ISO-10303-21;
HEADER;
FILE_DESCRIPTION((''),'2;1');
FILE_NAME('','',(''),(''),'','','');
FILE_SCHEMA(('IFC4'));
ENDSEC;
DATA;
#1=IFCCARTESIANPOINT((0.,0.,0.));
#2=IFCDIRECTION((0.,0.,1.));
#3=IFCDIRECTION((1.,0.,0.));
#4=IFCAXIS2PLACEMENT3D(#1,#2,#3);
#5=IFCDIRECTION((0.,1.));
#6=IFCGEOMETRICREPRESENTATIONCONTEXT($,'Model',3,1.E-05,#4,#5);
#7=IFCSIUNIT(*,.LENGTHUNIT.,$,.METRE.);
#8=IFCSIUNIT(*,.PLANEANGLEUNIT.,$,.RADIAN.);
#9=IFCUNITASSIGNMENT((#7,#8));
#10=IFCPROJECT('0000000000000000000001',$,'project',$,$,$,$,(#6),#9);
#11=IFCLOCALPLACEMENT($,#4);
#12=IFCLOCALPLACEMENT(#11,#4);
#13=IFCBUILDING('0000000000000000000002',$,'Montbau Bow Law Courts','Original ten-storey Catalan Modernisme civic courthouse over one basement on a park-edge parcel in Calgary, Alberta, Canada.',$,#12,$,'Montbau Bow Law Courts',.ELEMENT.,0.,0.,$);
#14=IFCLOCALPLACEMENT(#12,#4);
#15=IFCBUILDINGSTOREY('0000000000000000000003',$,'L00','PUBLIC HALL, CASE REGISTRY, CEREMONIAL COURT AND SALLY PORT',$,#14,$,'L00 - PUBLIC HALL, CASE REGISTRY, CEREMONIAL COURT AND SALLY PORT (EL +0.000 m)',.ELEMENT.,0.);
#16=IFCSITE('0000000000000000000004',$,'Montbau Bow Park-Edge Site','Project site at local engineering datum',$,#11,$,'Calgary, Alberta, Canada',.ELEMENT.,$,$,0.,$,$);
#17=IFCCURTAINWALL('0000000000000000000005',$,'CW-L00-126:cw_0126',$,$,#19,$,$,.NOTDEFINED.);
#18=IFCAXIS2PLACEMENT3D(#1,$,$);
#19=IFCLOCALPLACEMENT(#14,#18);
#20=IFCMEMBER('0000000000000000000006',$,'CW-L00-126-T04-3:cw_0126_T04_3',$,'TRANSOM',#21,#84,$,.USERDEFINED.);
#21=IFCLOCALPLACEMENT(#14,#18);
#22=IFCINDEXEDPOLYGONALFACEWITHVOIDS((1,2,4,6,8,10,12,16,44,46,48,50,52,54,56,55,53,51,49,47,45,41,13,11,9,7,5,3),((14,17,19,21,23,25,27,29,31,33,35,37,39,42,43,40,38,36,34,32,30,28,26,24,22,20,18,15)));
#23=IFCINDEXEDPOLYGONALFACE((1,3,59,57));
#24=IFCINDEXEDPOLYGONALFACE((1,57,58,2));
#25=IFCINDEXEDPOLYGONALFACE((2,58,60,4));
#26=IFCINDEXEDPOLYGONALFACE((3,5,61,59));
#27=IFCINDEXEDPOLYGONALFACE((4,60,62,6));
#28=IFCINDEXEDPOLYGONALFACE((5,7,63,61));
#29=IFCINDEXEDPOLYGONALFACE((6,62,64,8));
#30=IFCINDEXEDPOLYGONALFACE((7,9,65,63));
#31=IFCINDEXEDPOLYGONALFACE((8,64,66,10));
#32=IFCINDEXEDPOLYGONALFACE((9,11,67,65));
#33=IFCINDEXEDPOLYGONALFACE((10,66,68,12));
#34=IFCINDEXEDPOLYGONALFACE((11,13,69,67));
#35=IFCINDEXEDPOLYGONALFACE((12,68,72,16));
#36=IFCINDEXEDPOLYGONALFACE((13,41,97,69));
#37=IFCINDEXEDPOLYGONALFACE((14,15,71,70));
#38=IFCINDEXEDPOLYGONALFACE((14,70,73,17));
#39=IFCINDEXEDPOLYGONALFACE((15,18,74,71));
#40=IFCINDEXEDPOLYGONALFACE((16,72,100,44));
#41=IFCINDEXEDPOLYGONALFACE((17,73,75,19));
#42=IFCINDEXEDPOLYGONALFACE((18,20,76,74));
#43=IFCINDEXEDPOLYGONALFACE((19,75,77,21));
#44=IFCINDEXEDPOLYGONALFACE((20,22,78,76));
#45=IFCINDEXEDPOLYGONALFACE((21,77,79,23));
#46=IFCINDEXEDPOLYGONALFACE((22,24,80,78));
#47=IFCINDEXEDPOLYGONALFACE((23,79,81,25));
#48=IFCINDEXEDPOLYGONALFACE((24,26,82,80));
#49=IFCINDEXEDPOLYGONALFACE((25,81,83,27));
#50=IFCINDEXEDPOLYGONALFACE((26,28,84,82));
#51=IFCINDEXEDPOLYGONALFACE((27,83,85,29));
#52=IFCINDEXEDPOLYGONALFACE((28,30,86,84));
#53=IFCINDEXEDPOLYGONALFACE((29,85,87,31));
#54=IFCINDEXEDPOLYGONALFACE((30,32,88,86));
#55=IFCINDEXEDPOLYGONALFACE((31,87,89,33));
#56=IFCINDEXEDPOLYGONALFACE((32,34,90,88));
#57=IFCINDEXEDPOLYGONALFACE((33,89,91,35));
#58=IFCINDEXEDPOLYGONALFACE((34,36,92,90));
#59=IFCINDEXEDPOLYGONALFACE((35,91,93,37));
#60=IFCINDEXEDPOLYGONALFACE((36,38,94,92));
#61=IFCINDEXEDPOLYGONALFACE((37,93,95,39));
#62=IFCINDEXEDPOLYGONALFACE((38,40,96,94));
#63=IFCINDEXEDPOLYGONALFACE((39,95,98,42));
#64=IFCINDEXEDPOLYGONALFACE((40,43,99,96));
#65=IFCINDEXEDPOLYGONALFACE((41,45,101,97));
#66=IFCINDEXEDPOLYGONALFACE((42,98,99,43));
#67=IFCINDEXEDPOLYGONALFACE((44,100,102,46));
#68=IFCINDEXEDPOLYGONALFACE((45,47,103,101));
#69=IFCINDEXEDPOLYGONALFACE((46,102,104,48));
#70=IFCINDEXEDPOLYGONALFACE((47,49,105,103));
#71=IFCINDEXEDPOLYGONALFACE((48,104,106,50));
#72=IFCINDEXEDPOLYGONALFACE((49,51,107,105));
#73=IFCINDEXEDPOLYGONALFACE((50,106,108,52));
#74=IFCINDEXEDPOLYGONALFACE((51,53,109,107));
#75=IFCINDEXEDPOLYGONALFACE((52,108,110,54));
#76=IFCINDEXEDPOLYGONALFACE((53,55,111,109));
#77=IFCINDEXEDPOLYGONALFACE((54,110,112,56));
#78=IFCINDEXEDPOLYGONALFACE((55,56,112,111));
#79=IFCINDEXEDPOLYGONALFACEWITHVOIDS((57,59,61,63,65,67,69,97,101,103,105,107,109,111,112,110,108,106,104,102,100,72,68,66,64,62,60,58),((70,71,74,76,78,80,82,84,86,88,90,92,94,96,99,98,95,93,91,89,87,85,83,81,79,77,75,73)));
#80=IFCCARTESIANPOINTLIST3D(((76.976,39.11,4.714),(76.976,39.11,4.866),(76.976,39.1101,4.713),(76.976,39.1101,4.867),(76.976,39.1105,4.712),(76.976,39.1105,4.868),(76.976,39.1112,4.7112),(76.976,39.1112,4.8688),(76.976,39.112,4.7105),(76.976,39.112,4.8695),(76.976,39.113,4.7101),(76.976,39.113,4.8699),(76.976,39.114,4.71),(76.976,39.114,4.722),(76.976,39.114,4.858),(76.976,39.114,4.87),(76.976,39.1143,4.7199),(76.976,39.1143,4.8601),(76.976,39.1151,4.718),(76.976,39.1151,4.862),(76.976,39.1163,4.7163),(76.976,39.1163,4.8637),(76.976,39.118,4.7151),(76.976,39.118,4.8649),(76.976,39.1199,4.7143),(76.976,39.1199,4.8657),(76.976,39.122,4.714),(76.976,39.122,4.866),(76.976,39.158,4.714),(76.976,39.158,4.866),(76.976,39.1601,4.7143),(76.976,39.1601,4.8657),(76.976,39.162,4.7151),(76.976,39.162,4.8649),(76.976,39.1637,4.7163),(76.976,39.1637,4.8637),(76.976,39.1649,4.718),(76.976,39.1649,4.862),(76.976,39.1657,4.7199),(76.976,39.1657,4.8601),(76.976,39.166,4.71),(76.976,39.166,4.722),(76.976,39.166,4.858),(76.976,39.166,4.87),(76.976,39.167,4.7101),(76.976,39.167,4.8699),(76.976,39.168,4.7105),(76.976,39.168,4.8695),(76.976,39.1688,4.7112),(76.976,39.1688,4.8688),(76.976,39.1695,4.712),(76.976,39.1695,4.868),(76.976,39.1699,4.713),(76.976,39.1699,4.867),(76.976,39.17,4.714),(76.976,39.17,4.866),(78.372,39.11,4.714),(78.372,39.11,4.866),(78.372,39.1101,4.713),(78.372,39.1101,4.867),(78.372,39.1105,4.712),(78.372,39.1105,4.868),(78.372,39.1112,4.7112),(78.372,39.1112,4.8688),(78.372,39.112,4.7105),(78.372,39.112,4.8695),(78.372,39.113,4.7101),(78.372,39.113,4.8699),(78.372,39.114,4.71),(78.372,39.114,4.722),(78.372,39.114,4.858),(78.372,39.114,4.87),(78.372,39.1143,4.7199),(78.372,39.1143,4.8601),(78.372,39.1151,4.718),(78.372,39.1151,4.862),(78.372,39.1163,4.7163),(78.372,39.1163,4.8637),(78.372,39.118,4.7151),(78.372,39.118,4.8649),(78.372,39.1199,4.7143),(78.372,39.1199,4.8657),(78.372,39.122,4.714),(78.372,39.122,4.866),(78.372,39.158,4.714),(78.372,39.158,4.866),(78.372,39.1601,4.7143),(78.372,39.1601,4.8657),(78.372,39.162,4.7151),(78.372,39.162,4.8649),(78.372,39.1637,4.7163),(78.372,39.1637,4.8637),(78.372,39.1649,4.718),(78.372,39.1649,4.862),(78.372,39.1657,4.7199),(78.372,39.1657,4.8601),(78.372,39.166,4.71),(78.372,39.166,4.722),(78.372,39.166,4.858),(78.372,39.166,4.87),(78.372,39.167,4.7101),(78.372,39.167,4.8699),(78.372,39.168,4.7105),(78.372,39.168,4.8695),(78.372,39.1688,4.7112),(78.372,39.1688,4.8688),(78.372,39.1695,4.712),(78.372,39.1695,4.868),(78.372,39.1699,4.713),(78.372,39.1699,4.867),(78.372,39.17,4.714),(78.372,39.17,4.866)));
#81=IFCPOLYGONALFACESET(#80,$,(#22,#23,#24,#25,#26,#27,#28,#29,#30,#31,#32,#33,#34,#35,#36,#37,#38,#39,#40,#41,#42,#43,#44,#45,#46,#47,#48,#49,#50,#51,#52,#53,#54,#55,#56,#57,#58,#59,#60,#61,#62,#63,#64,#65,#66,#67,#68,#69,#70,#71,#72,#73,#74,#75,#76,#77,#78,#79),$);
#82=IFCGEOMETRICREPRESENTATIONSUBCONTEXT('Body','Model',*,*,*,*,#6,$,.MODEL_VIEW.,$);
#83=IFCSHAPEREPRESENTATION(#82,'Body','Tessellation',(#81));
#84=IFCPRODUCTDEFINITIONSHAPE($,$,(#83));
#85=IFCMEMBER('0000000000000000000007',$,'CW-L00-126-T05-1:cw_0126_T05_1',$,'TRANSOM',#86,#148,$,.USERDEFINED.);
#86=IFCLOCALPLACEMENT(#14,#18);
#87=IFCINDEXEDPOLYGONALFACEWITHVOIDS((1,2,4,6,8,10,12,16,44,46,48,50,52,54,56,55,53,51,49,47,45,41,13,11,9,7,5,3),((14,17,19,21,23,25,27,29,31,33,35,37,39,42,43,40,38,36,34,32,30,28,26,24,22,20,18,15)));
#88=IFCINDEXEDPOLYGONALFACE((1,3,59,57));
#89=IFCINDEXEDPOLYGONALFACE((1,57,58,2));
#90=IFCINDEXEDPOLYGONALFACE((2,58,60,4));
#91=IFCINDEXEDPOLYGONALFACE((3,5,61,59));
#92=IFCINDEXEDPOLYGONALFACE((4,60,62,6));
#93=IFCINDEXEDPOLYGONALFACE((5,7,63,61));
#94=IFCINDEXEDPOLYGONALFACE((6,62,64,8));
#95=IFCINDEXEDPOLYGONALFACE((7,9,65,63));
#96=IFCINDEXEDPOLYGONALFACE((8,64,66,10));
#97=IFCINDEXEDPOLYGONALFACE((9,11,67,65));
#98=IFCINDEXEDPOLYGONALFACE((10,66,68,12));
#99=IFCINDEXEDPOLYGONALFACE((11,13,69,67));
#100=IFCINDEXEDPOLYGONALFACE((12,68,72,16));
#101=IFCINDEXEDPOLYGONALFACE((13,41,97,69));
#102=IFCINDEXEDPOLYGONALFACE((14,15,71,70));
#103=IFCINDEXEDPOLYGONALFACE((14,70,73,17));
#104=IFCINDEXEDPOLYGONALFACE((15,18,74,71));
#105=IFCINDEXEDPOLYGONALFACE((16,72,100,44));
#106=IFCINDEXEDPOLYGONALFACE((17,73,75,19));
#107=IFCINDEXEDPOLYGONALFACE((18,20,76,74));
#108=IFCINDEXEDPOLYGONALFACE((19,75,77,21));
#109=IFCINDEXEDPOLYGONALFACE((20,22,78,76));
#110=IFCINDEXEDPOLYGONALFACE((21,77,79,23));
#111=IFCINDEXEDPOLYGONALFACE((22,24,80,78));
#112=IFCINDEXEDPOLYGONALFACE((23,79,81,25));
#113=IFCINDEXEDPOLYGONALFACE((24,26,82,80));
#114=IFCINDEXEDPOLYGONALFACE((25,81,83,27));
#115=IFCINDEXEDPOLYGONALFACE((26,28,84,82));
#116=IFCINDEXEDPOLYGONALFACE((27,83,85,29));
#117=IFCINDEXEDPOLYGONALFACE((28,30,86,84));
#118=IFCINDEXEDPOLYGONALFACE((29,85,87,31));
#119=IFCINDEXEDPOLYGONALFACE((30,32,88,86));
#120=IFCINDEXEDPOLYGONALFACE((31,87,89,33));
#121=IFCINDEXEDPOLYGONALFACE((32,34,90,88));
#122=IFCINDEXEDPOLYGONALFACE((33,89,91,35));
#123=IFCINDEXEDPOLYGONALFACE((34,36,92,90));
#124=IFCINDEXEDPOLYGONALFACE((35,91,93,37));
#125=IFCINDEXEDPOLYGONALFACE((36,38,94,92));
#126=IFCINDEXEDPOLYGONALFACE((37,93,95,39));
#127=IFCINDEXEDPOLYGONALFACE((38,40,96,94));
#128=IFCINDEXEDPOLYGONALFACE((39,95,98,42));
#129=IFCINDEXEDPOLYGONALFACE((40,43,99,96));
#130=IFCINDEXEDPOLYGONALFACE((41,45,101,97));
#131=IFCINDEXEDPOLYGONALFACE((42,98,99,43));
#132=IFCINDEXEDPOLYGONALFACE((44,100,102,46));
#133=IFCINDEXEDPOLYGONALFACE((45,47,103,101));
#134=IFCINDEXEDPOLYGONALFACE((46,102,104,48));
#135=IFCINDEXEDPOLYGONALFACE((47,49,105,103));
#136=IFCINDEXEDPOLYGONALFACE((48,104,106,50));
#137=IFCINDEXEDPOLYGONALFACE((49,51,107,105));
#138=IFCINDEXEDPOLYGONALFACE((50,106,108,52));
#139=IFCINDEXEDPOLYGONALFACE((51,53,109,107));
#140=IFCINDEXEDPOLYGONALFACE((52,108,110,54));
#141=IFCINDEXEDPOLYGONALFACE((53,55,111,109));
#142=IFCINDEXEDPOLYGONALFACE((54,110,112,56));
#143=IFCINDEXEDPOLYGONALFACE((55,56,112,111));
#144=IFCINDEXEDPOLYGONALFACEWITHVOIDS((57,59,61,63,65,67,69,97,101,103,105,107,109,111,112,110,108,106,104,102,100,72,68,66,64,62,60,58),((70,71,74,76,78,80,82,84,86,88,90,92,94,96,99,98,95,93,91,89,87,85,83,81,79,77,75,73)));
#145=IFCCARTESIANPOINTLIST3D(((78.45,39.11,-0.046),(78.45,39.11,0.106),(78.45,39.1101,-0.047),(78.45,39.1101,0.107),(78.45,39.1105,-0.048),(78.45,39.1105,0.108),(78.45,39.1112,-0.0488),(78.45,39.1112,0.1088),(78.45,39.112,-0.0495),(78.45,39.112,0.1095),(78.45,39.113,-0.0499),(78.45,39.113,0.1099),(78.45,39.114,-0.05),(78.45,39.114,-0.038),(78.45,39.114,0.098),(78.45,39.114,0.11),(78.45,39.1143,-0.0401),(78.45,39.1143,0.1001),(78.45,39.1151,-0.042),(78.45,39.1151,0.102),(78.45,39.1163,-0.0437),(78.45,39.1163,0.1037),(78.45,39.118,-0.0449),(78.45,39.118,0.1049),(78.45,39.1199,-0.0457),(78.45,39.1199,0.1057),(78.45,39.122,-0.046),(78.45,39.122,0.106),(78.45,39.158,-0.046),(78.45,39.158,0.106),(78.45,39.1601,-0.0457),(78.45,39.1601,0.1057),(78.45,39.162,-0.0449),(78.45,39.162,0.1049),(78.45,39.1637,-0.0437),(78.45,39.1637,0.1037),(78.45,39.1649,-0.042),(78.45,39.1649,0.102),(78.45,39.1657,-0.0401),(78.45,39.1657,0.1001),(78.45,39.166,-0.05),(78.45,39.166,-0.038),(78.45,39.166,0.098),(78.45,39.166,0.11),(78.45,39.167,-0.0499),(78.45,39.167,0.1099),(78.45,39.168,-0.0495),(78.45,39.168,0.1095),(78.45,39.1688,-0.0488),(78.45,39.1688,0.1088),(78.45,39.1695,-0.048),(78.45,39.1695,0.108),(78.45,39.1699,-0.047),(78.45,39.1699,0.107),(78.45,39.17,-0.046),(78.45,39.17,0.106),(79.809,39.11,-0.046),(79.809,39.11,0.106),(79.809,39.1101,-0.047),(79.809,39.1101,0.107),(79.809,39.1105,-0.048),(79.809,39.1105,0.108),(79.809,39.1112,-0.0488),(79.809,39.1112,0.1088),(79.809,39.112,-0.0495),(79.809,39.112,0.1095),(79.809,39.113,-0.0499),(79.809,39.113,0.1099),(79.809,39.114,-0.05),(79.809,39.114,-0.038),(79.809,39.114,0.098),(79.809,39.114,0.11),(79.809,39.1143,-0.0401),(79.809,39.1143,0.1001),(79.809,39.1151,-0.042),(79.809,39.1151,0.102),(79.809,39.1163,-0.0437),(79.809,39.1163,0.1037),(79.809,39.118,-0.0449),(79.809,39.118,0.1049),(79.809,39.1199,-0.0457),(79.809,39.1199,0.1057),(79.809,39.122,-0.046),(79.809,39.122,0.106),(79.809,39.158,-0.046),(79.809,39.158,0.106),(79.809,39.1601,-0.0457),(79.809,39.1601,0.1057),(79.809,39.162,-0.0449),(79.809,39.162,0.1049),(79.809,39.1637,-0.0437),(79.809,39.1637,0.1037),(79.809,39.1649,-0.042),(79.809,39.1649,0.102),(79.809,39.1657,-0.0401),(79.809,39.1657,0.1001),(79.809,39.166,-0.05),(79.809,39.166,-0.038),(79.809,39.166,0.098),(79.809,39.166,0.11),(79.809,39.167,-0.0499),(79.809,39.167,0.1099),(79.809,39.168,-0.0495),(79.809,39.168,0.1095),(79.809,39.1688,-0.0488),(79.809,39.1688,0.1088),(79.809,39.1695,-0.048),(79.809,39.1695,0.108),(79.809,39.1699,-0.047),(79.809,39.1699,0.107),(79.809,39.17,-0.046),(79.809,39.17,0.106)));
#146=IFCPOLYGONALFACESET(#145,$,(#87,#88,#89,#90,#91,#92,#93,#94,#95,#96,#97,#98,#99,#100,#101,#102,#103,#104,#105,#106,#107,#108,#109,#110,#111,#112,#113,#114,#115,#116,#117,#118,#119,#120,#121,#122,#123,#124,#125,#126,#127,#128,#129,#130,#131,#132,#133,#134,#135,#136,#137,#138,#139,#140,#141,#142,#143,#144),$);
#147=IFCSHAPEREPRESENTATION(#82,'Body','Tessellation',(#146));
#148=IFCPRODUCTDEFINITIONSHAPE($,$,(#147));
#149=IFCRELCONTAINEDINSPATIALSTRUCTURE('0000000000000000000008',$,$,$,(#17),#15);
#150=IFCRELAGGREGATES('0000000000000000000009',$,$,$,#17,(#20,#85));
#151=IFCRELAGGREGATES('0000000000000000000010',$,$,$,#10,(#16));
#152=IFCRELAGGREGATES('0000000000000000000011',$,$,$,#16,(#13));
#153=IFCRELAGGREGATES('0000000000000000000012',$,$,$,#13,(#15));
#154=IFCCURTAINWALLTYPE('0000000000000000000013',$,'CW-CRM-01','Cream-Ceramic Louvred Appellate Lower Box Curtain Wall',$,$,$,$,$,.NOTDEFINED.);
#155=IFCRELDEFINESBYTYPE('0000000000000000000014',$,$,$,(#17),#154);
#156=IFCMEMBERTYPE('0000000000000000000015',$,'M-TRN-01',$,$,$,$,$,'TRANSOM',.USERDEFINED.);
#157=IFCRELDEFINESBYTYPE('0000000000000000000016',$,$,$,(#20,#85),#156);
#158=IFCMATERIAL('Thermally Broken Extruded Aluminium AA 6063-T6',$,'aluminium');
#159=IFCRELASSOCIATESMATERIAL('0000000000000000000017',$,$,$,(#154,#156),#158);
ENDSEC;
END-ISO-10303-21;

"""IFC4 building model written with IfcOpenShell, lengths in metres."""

from ifc_helpers import new_model, si_unit, direction, frame, origin_with_axes, origin_2d_with_axis, place, context, subcontext, project, spatial, hollow_rectangle, extrude, material, material_profile, profile_set, type_object, element, aggregate, save


model = new_model("IFC4")

# Units and contexts
model_context = context("Model", 3, precision=1e-05, world=origin_with_axes(), true_north=direction((0.0, 1.0)))
body_context = subcontext(model_context, "Body", "Model", "MODEL_VIEW")
ifc_project = project(units=[si_unit("LENGTHUNIT", "METRE"), si_unit("PLANEANGLEUNIT", "RADIAN")], contexts=[model_context])

# Site, building, storey
site_placement = place(None, origin_with_axes())
site = spatial("IfcSite", under=ifc_project, at=site_placement, Name="Montbau Bow Park-Edge Site", Description="Project site at local engineering datum", LongName="Calgary, Alberta, Canada", CompositionType="ELEMENT", RefElevation=0.0)
building_placement = place(site_placement, origin_with_axes())
building = spatial("IfcBuilding", under=site, at=building_placement, Name="Montbau Bow Law Courts", Description="Original ten-storey Catalan Modernisme civic courthouse over one basement on a park-edge parcel in Calgary, Alberta, Canada.", LongName="Montbau Bow Law Courts", CompositionType="ELEMENT", ElevationOfRefHeight=0.0, ElevationOfTerrain=0.0)
storey_placement = place(building_placement, origin_with_axes())
storey = spatial("IfcBuildingStorey", under=building, at=storey_placement, Name="L00", Description="PUBLIC HALL, CASE REGISTRY, CEREMONIAL COURT AND SALLY PORT", LongName="L00 - PUBLIC HALL, CASE REGISTRY, CEREMONIAL COURT AND SALLY PORT (EL +0.000 m)", CompositionType="ELEMENT", Elevation=0.0)

# Curtain wall, members
ifc_material_1 = material(Name="Thermally Broken Extruded Aluminium AA 6063-T6", Category="aluminium")
curtain_wall_type = type_object("IfcCurtainWallType", Name="CW-CRM-01", Description="Cream-Ceramic Louvred Appellate Lower Box Curtain Wall", PredefinedType="NOTDEFINED", material=ifc_material_1)
curtain_wall_placement = place(None, frame((72.515, 39.14, 0.0), z_axis=(0.0, 0.0, 1.0), x_axis=(1.0, 0.0, 0.0)))
curtain_wall = element("IfcCurtainWall", 1, at=curtain_wall_placement, inside=storey, type_object=curtain_wall_type, Name="CW-L00-126:cw_0126", PredefinedType="NOTDEFINED")
ifc_material_profile_1 = material_profile(ifc_material_1, hollow_rectangle(XDim=0.06, YDim=0.16, WallThickness=0.004, InnerFilletRadius=0.008, OuterFilletRadius=0.004, at=origin_2d_with_axis()), Name="CWT-160X60", Category="Main", Priority=0)
ifc_profile_set_1 = profile_set([ifc_material_profile_1], Name="Thermally Broken Extruded Aluminium AA 6063-T6")
member_type_1 = type_object("IfcMemberType", Name="M-TRN-01", ElementType="TRANSOM", PredefinedType="USERDEFINED", material=ifc_profile_set_1)
member_1_placement = place(None, frame((76.976, 39.14, 4.79), z_axis=(1.0, 0.0, 0.0), x_axis=(0.0, 1.0, 0.0)))
member_1 = element("IfcMember", 2, at=member_1_placement, type_object=member_type_1, Name="CW-L00-126-T04-3:cw_0126_T04_3", ObjectType="TRANSOM", PredefinedType="USERDEFINED", context=body_context, shape_type="SweptSolid", body=[
    extrude(hollow_rectangle(XDim=0.06, YDim=0.16, WallThickness=0.004, InnerFilletRadius=0.008, OuterFilletRadius=0.004, at=origin_2d_with_axis()), origin_with_axes(), (0.0, 0.0, 1.0), 1.396),
])
member_2_placement = place(None, frame((78.45, 39.14, 0.03), z_axis=(1.0, 0.0, 0.0), x_axis=(0.0, 1.0, 0.0)))
member_2 = element("IfcMember", 3, at=member_2_placement, type_object=member_type_1, Name="CW-L00-126-T05-1:cw_0126_T05_1", ObjectType="TRANSOM", PredefinedType="USERDEFINED", context=body_context, shape_type="SweptSolid", body=[
    extrude(hollow_rectangle(XDim=0.06, YDim=0.16, WallThickness=0.004, InnerFilletRadius=0.008, OuterFilletRadius=0.004, at=origin_2d_with_axis()), origin_with_axes(), (0.0, 0.0, 1.0), 1.359),
])
aggregate(curtain_wall, [member_1, member_2])

save(model, "model.ifc")
